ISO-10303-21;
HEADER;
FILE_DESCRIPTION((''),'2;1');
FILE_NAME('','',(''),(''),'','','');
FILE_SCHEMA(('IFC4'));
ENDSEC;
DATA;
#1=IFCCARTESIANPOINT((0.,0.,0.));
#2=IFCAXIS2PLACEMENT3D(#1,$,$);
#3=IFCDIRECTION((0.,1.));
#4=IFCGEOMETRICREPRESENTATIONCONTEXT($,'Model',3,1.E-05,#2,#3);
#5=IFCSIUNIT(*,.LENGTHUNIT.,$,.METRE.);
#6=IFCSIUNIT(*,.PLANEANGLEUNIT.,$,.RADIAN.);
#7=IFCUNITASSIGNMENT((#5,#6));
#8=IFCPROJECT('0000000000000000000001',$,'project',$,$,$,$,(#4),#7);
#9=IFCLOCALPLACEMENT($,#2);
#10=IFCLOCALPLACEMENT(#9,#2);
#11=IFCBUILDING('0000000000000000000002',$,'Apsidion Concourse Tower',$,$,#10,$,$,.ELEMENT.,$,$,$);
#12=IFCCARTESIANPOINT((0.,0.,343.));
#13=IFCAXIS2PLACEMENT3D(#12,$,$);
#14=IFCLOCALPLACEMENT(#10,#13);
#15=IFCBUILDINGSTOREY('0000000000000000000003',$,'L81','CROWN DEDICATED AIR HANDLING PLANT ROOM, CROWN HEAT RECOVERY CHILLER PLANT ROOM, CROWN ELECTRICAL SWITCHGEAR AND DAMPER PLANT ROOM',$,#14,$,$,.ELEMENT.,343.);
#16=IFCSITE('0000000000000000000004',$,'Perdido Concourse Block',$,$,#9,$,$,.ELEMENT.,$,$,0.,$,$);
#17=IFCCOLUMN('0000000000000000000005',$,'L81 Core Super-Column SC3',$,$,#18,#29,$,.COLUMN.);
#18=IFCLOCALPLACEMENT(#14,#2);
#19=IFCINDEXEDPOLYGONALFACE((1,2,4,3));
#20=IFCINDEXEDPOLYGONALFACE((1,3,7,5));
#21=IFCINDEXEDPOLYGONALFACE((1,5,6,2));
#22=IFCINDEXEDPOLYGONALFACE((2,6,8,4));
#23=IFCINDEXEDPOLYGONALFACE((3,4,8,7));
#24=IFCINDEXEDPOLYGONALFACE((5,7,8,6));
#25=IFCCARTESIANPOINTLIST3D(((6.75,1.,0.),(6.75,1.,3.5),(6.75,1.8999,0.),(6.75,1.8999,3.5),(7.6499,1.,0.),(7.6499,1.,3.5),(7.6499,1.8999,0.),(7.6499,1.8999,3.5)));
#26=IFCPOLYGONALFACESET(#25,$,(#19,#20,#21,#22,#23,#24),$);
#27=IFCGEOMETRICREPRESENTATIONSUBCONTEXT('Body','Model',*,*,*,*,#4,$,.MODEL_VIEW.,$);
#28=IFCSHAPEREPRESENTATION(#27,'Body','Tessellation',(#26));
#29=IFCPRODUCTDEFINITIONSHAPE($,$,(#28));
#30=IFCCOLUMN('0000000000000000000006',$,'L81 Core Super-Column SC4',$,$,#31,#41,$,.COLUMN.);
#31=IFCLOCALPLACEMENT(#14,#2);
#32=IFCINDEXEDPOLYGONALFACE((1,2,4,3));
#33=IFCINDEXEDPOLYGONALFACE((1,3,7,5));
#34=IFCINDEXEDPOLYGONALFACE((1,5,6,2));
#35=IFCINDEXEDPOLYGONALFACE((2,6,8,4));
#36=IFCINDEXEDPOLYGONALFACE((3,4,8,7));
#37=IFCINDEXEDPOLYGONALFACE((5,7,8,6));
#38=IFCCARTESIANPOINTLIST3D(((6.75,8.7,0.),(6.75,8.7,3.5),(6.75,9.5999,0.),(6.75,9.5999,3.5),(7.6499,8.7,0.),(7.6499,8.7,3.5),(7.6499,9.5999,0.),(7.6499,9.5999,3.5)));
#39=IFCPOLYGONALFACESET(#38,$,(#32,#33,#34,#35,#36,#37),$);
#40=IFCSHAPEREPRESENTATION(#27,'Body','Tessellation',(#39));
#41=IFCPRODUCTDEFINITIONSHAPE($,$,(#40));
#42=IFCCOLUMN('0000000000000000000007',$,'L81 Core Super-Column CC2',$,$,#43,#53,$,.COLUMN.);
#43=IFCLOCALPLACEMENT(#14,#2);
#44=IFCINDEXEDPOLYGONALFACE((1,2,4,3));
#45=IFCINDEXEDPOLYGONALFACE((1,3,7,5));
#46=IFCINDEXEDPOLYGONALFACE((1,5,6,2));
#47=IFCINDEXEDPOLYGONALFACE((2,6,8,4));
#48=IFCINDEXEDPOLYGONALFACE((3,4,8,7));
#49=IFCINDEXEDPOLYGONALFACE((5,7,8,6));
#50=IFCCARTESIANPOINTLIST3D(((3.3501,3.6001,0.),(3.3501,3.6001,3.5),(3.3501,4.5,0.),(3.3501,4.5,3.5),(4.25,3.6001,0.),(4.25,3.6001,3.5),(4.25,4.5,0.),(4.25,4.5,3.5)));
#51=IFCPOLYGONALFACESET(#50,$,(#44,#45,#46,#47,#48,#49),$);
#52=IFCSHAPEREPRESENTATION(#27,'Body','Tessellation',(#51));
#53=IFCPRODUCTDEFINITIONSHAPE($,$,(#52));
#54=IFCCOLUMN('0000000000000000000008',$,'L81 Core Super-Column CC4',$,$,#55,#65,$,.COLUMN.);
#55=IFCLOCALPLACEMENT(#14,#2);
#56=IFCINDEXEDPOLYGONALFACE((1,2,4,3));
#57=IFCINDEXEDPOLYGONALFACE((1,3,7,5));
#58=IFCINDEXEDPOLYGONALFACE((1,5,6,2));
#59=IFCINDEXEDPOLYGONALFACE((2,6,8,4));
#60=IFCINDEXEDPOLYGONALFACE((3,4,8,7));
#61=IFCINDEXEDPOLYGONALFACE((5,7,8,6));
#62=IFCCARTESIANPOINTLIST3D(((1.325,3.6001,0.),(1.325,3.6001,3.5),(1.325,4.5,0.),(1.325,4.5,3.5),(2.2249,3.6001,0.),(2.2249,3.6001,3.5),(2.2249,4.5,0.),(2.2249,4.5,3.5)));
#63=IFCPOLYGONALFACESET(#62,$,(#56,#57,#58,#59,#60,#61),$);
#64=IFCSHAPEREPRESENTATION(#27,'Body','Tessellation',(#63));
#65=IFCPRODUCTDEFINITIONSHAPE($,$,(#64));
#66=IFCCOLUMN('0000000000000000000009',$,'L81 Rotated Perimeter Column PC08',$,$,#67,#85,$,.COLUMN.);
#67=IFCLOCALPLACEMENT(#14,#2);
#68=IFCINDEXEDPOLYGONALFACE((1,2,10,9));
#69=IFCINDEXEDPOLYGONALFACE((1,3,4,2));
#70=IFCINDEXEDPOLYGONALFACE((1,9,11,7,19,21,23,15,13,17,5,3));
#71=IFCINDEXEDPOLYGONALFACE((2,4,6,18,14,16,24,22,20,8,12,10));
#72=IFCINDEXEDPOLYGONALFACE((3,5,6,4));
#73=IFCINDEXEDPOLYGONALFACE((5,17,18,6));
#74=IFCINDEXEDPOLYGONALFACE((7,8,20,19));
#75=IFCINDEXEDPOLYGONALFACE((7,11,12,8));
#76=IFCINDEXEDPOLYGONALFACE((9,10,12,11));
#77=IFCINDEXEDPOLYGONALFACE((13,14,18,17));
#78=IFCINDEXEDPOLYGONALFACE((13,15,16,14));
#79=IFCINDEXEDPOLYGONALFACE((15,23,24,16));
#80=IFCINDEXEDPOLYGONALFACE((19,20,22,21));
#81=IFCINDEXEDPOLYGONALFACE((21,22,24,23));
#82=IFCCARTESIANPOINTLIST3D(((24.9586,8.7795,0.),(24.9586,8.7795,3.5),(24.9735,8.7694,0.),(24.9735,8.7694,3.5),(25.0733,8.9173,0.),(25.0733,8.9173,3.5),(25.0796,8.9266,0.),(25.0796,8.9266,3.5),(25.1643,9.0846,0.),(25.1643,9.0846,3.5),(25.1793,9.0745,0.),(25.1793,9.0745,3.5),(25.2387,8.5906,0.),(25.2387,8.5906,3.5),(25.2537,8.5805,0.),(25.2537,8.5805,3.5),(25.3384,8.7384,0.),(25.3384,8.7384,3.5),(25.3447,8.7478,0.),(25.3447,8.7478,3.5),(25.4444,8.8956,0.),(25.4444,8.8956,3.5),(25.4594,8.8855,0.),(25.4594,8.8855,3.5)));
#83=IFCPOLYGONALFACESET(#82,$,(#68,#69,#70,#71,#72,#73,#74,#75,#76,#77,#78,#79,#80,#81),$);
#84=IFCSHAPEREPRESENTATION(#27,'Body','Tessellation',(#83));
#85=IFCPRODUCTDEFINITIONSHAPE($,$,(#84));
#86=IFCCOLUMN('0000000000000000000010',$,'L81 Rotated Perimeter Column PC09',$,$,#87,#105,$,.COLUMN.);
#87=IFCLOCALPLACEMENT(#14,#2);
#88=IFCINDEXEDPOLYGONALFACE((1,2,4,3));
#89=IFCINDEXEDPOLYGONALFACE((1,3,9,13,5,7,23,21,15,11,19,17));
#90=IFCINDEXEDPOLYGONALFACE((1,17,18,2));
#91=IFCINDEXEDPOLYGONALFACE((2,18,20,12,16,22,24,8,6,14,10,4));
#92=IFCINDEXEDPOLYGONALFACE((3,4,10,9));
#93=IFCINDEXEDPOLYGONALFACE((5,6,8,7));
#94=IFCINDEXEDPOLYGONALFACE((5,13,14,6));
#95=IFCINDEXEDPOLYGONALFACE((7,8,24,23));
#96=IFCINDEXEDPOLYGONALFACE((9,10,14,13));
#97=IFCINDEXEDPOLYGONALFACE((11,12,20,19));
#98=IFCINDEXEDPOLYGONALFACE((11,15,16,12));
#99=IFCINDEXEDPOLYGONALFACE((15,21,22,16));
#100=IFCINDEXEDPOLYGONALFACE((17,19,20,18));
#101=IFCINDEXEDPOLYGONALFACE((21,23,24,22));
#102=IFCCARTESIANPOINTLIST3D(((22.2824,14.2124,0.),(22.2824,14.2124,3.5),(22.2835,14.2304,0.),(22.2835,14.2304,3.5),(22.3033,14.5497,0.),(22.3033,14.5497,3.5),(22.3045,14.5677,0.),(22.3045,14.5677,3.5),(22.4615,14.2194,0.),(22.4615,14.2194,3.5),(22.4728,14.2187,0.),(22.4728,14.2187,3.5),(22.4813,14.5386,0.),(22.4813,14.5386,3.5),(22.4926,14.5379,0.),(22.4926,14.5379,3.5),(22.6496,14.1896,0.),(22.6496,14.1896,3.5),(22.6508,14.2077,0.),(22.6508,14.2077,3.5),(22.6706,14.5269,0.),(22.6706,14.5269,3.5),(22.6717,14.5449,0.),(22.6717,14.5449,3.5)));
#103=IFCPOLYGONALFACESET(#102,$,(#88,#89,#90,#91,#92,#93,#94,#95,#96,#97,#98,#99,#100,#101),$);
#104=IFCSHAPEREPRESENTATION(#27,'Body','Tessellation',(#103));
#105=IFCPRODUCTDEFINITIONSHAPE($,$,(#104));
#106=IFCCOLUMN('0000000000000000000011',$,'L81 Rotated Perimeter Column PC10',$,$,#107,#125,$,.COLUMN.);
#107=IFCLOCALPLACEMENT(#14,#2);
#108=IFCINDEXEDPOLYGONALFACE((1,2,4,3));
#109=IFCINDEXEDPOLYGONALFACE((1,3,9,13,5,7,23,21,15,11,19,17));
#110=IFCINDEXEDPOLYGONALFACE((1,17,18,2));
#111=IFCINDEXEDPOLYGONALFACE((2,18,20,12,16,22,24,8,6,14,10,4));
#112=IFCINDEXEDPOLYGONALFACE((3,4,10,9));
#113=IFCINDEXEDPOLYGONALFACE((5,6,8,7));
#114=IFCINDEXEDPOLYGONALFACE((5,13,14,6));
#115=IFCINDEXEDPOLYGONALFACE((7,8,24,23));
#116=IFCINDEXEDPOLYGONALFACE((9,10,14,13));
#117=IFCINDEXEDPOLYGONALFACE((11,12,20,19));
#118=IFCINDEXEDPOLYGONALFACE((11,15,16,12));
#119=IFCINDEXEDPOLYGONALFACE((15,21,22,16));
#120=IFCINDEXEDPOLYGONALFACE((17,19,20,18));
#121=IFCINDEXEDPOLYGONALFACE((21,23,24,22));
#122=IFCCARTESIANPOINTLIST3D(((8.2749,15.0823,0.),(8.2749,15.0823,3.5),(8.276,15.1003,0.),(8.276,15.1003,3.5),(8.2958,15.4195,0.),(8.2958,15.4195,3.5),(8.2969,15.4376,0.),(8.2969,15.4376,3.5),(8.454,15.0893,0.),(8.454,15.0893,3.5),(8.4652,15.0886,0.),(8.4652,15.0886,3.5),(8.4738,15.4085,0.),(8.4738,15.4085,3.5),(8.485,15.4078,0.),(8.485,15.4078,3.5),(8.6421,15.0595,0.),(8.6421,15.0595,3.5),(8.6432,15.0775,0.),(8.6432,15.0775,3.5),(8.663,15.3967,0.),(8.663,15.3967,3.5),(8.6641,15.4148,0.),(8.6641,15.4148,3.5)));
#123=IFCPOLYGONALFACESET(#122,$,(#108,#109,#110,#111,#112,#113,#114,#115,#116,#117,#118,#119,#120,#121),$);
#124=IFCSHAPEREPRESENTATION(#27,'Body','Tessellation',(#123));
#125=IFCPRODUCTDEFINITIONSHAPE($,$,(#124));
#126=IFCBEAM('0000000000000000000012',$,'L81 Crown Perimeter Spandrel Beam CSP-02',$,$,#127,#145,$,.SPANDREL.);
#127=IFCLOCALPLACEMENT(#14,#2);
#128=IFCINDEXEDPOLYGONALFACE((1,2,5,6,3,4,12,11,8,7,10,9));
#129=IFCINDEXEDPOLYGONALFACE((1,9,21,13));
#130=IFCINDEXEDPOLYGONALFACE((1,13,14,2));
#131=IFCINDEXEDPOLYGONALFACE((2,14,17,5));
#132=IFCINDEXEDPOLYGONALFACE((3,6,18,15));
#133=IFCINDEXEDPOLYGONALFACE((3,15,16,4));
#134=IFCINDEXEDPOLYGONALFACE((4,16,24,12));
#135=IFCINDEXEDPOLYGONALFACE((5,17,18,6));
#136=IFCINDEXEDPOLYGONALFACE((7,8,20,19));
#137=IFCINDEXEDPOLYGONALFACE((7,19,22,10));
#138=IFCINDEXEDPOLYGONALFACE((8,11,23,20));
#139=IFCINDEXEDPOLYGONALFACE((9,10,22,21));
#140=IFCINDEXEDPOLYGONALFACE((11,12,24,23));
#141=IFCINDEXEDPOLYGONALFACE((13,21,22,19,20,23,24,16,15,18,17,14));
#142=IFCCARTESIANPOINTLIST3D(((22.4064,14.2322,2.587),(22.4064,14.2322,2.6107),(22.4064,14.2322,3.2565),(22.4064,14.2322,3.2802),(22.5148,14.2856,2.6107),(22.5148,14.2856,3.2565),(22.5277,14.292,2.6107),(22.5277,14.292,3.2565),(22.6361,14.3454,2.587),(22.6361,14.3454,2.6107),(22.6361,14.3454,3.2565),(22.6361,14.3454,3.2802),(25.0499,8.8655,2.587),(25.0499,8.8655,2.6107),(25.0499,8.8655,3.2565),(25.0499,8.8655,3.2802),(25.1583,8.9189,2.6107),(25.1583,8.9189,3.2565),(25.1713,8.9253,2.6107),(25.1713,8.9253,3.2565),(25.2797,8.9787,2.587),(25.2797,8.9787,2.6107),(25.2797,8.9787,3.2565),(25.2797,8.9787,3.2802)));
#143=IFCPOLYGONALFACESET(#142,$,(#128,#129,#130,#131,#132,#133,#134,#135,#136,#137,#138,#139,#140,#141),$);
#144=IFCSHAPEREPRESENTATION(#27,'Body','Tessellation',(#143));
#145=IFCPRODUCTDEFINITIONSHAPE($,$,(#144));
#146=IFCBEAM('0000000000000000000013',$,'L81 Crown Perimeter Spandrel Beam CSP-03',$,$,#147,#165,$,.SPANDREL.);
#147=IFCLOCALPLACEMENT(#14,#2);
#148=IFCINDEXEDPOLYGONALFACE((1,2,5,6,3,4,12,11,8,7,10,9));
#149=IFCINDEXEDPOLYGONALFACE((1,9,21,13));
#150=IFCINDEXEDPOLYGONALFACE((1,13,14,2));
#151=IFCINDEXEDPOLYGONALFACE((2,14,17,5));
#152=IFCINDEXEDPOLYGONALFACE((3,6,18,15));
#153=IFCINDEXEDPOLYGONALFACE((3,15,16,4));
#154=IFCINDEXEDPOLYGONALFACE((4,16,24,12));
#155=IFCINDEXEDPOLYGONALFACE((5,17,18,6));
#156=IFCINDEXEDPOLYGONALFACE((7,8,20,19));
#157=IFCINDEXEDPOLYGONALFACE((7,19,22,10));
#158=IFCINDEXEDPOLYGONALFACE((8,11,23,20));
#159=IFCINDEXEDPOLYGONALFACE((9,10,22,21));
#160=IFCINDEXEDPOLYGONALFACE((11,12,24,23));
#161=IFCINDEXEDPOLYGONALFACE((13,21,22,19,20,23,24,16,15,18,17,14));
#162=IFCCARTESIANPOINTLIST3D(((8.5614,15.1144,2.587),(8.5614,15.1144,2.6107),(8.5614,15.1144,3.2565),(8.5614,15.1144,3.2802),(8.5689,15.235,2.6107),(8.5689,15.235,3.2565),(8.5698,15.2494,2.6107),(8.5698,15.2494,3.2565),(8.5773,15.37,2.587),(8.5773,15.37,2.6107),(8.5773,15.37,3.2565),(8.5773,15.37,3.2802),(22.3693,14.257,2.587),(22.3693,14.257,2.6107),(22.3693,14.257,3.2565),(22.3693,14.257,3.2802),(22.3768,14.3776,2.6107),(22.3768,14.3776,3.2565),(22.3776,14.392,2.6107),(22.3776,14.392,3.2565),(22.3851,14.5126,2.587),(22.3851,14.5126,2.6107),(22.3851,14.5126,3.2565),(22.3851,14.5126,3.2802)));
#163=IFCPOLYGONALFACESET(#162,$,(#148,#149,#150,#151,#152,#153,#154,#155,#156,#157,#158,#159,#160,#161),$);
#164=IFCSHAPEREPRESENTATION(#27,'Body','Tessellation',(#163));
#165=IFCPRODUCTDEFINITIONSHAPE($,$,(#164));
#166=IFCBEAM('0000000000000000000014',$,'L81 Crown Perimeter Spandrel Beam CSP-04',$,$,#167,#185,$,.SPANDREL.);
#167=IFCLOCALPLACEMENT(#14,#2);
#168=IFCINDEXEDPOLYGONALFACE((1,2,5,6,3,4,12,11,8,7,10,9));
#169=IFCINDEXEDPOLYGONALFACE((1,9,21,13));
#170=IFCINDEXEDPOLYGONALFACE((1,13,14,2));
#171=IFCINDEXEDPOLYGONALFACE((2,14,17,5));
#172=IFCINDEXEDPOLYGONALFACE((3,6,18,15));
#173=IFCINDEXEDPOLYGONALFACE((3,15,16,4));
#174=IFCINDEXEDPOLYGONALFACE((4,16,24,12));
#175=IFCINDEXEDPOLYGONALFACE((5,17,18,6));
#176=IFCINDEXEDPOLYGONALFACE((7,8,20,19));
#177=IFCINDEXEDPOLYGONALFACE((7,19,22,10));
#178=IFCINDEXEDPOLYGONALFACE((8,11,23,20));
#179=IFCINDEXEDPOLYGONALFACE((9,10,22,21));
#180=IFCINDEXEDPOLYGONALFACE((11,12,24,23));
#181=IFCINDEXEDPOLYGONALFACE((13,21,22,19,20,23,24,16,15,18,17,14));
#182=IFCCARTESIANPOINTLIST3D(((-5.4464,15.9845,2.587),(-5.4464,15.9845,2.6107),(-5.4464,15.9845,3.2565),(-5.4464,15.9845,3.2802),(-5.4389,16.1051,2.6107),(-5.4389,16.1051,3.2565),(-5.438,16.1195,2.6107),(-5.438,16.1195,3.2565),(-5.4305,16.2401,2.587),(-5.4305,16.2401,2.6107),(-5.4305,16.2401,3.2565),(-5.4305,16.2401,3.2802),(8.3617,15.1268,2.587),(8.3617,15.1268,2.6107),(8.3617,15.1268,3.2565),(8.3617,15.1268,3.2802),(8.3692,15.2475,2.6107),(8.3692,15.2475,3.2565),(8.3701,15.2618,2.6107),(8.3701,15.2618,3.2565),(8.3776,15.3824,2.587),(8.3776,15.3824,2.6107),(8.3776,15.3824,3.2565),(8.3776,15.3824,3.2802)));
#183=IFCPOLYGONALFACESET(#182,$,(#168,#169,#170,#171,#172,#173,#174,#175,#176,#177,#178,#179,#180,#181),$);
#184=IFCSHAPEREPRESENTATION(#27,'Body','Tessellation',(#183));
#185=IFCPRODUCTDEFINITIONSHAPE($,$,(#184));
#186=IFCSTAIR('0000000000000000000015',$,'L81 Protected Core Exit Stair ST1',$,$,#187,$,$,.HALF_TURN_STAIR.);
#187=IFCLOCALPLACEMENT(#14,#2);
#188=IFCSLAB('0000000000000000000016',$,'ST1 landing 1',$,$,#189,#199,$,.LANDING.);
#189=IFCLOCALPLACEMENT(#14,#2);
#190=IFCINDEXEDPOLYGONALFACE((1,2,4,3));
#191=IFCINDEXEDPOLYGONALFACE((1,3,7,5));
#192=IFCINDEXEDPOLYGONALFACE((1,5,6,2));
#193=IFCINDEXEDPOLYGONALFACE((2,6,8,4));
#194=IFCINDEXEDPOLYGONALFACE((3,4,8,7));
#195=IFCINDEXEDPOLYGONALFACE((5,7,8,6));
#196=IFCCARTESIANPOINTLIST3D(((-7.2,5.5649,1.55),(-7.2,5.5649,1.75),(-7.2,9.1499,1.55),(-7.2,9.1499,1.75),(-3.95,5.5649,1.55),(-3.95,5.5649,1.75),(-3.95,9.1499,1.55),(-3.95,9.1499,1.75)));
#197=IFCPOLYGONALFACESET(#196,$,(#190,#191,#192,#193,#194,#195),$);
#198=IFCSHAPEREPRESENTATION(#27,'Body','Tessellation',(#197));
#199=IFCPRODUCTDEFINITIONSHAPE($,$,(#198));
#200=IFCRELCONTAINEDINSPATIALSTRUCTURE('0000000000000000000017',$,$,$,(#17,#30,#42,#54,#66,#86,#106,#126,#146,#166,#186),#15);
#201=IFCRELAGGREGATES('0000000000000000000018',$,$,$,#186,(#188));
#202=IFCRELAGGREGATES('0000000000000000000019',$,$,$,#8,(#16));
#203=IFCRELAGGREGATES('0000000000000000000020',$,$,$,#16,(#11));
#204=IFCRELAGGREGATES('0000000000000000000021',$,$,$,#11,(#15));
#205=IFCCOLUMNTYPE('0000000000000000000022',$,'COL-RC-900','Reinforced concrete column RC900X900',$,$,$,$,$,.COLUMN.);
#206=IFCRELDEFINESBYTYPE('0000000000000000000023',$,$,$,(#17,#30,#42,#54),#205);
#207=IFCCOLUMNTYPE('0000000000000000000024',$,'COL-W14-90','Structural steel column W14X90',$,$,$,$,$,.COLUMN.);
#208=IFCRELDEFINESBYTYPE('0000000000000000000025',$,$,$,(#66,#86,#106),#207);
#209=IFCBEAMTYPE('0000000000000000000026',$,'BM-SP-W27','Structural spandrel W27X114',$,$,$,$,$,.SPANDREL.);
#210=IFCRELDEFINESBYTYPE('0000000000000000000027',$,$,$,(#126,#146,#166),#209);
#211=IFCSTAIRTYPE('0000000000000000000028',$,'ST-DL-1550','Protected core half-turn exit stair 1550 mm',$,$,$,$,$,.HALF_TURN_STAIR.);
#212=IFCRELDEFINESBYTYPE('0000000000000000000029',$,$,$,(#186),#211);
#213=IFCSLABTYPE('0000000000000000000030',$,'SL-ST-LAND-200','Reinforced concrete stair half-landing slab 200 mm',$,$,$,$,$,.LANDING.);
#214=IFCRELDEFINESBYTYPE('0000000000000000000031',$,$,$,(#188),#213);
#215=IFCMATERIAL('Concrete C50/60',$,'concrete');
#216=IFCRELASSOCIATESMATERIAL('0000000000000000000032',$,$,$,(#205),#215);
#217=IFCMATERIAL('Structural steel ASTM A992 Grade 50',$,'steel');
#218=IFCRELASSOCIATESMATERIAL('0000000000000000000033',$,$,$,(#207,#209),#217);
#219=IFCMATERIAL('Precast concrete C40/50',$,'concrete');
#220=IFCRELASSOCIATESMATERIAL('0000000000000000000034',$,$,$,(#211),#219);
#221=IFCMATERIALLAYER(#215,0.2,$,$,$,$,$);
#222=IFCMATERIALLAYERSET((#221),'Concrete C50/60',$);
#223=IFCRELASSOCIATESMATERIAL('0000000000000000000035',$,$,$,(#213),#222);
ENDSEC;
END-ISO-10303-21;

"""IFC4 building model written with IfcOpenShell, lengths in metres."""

from ifc_helpers import new_model, si_unit, direction, frame, origin, origin_2d, place, context, subcontext, project, spatial, polyline, rectangle, i_section, outline, extrude, material, layer, layer_set, material_profile, profile_set, type_object, element, aggregate, save


model = new_model("IFC4")

# Units and contexts
model_context = context("Model", 3, precision=1e-05, world=origin(), true_north=direction((0.0, 1.0)))
body_context = subcontext(model_context, "Body", "Model", "MODEL_VIEW")
ifc_project = project(units=[si_unit("LENGTHUNIT", "METRE"), si_unit("PLANEANGLEUNIT", "RADIAN")], contexts=[model_context])

# Site, building, storey
site_placement = place(None, origin())
site = spatial("IfcSite", under=ifc_project, at=site_placement, Name="Perdido Concourse Block", CompositionType="ELEMENT", RefElevation=0.0)
building_placement = place(site_placement, origin())
building = spatial("IfcBuilding", under=site, at=building_placement, Name="Apsidion Concourse Tower", CompositionType="ELEMENT")
storey_placement = place(building_placement, frame((0.0, 0.0, 343.0)))
storey = spatial("IfcBuildingStorey", under=building, at=storey_placement, Name="L81", Description="CROWN DEDICATED AIR HANDLING PLANT ROOM, CROWN HEAT RECOVERY CHILLER PLANT ROOM, CROWN ELECTRICAL SWITCHGEAR AND DAMPER PLANT ROOM", CompositionType="ELEMENT", Elevation=343.0)

# Columns
ifc_material_1 = material(Name="Concrete C50/60", Category="concrete")
ifc_material_profile_1 = material_profile(ifc_material_1, rectangle(XDim=0.8999, YDim=0.8999, at=origin_2d()), Name="RC 900x900")
ifc_profile_set_1 = profile_set([ifc_material_profile_1], Name="Concrete C50/60")
column_type_1 = type_object("IfcColumnType", Name="COL-RC-900", Description="Reinforced concrete column RC900X900", PredefinedType="COLUMN", material=ifc_profile_set_1)
for number, where, z_axis, x_axis, name in (
    (1, (7.2, 1.45, 0.0), (0.0, 0.0, 1.0), (1.0, 0.0, 0.0), "L81 Core Super-Column SC3"),
    (2, (7.2, 9.1499, 0.0), (0.0, 0.0, 1.0), (1.0, 0.0, 0.0), "L81 Core Super-Column SC4"),
    (3, (3.8, 4.05, 0.0), (0.0, 0.0, 1.0), (1.0, 0.0, 0.0), "L81 Core Super-Column CC2"),
    (4, (1.7749, 4.05, 0.0), (0.0, 0.0, 1.0), (1.0, 0.0, 0.0), "L81 Core Super-Column CC4"),
):
    element("IfcColumn", number, at=place(storey_placement, frame(where, z_axis=z_axis, x_axis=x_axis)), inside=storey, type_object=column_type_1, Name=name, PredefinedType="COLUMN", context=body_context, shape_type="SweptSolid", body=[
        extrude(rectangle(XDim=0.8999, YDim=0.8999, at=origin_2d()), origin(), (0.0, 0.0, 1.0), 3.5),
    ])
ifc_material_2 = material(Name="Structural steel ASTM A992 Grade 50", Category="steel")
ifc_material_profile_2 = material_profile(ifc_material_2, i_section(OverallWidth=0.3679, OverallDepth=0.356, WebThickness=0.0112, FlangeThickness=0.0181, at=origin_2d()), Name="W14X90")
ifc_profile_set_2 = profile_set([ifc_material_profile_2], Name="Structural steel ASTM A992 Grade 50")
column_type_2 = type_object("IfcColumnType", Name="COL-W14-90", Description="Structural steel column W14X90", PredefinedType="COLUMN", material=ifc_profile_set_2)
for number, where, z_axis, x_axis, name in (
    (5, (25.209, 8.8325, 0.0), (0.0, 0.0, 1.0), (0.559193, 0.829038, 0.0), "L81 Rotated Perimeter Column PC08"),
    (6, (22.4771, 14.3787, 0.0), (0.0, 0.0, 1.0), (-0.998081, 0.06192, 0.0), "L81 Rotated Perimeter Column PC09"),
    (7, (8.4695, 15.2485, 0.0), (0.0, 0.0, 1.0), (-0.998081, 0.06192, 0.0), "L81 Rotated Perimeter Column PC10"),
):
    element("IfcColumn", number, at=place(storey_placement, frame(where, z_axis=z_axis, x_axis=x_axis)), inside=storey, type_object=column_type_2, Name=name, PredefinedType="COLUMN", context=body_context, shape_type="SweptSolid", body=[
        extrude(i_section(OverallWidth=0.3679, OverallDepth=0.356, WebThickness=0.0112, FlangeThickness=0.0181, at=origin_2d()), origin(), (0.0, 0.0, 1.0), 3.5),
    ])

# Beams
ifc_material_profile_3 = material_profile(ifc_material_2, i_section(OverallWidth=0.2561, OverallDepth=0.6931, WebThickness=0.0144, FlangeThickness=0.0237, at=origin_2d()), Name="W27X114")
ifc_profile_set_3 = profile_set([ifc_material_profile_3], Name="Structural steel ASTM A992 Grade 50")
beam_type = type_object("IfcBeamType", Name="BM-SP-W27", Description="Structural spandrel W27X114", PredefinedType="SPANDREL", material=ifc_profile_set_3)
beam_1_placement = place(storey_placement, frame((25.1648, 8.9221, 2.9336), z_axis=(-0.441884, 0.897072, 0.0), x_axis=(-0.897072, -0.441884, 0.0)))
element("IfcBeam", 8, at=beam_1_placement, inside=storey, type_object=beam_type, Name="L81 Crown Perimeter Spandrel Beam CSP-02", PredefinedType="SPANDREL", context=body_context, shape_type="SweptSolid", body=[
    extrude(i_section(OverallWidth=0.2561, OverallDepth=0.6931, WebThickness=0.0144, FlangeThickness=0.0237, at=origin_2d()), origin(), (0.0, 0.0, 1.0), 5.9824),
])
beam_2_placement = place(storey_placement, frame((22.3772, 14.3848, 2.9336), z_axis=(-0.998078, 0.061977, 0.0), x_axis=(-0.061977, -0.998078, 0.0)))
element("IfcBeam", 9, at=beam_2_placement, inside=storey, type_object=beam_type, Name="L81 Crown Perimeter Spandrel Beam CSP-03", PredefinedType="SPANDREL", context=body_context, shape_type="SweptSolid", body=[
    extrude(i_section(OverallWidth=0.2561, OverallDepth=0.6931, WebThickness=0.0144, FlangeThickness=0.0237, at=origin_2d()), origin(), (0.0, 0.0, 1.0), 13.8345),
])
beam_3_placement = place(storey_placement, frame((8.3696, 15.2546, 2.9336), z_axis=(-0.998077, 0.061994, 0.0), x_axis=(-0.061994, -0.998077, 0.0)))
element("IfcBeam", 10, at=beam_3_placement, inside=storey, type_object=beam_type, Name="L81 Crown Perimeter Spandrel Beam CSP-04", PredefinedType="SPANDREL", context=body_context, shape_type="SweptSolid", body=[
    extrude(i_section(OverallWidth=0.2561, OverallDepth=0.6931, WebThickness=0.0144, FlangeThickness=0.0237, at=origin_2d()), origin(), (0.0, 0.0, 1.0), 13.8347),
])

# Stair, slab
ifc_material_3 = material(Name="Precast concrete C40/50", Category="concrete")
stair_type = type_object("IfcStairType", Name="ST-DL-1550", Description="Protected core half-turn exit stair 1550 mm", PredefinedType="HALF_TURN_STAIR", material=ifc_material_3)
stair_1_placement = place(storey_placement, origin())
stair_1 = element("IfcStair", 11, at=stair_1_placement, inside=storey, type_object=stair_type, Name="L81 Protected Core Exit Stair ST1", PredefinedType="HALF_TURN_STAIR")
ifc_layer_1 = layer(ifc_material_1, 0.2)
ifc_layer_set_1 = layer_set([ifc_layer_1], Name="Concrete C50/60")
slab_type = type_object("IfcSlabType", Name="SL-ST-LAND-200", Description="Reinforced concrete stair half-landing slab 200 mm", PredefinedType="LANDING", material=ifc_layer_set_1)
slab_1_placement = place(storey_placement, frame((0.0, 0.0, 1.55)))
slab_1 = element("IfcSlab", 12, at=slab_1_placement, type_object=slab_type, Name="ST1 landing 1", PredefinedType="LANDING", context=body_context, shape_type="SweptSolid", body=[
    extrude(outline(polyline([(-3.95, 5.5649), (-3.95, 9.1499), (-7.2, 9.1499), (-7.2, 5.5649), (-3.95, 5.5649)])), origin(), (0.0, 0.0, 1.0), 0.2),
])
aggregate(stair_1, [slab_1])

save(model, "model.ifc")
